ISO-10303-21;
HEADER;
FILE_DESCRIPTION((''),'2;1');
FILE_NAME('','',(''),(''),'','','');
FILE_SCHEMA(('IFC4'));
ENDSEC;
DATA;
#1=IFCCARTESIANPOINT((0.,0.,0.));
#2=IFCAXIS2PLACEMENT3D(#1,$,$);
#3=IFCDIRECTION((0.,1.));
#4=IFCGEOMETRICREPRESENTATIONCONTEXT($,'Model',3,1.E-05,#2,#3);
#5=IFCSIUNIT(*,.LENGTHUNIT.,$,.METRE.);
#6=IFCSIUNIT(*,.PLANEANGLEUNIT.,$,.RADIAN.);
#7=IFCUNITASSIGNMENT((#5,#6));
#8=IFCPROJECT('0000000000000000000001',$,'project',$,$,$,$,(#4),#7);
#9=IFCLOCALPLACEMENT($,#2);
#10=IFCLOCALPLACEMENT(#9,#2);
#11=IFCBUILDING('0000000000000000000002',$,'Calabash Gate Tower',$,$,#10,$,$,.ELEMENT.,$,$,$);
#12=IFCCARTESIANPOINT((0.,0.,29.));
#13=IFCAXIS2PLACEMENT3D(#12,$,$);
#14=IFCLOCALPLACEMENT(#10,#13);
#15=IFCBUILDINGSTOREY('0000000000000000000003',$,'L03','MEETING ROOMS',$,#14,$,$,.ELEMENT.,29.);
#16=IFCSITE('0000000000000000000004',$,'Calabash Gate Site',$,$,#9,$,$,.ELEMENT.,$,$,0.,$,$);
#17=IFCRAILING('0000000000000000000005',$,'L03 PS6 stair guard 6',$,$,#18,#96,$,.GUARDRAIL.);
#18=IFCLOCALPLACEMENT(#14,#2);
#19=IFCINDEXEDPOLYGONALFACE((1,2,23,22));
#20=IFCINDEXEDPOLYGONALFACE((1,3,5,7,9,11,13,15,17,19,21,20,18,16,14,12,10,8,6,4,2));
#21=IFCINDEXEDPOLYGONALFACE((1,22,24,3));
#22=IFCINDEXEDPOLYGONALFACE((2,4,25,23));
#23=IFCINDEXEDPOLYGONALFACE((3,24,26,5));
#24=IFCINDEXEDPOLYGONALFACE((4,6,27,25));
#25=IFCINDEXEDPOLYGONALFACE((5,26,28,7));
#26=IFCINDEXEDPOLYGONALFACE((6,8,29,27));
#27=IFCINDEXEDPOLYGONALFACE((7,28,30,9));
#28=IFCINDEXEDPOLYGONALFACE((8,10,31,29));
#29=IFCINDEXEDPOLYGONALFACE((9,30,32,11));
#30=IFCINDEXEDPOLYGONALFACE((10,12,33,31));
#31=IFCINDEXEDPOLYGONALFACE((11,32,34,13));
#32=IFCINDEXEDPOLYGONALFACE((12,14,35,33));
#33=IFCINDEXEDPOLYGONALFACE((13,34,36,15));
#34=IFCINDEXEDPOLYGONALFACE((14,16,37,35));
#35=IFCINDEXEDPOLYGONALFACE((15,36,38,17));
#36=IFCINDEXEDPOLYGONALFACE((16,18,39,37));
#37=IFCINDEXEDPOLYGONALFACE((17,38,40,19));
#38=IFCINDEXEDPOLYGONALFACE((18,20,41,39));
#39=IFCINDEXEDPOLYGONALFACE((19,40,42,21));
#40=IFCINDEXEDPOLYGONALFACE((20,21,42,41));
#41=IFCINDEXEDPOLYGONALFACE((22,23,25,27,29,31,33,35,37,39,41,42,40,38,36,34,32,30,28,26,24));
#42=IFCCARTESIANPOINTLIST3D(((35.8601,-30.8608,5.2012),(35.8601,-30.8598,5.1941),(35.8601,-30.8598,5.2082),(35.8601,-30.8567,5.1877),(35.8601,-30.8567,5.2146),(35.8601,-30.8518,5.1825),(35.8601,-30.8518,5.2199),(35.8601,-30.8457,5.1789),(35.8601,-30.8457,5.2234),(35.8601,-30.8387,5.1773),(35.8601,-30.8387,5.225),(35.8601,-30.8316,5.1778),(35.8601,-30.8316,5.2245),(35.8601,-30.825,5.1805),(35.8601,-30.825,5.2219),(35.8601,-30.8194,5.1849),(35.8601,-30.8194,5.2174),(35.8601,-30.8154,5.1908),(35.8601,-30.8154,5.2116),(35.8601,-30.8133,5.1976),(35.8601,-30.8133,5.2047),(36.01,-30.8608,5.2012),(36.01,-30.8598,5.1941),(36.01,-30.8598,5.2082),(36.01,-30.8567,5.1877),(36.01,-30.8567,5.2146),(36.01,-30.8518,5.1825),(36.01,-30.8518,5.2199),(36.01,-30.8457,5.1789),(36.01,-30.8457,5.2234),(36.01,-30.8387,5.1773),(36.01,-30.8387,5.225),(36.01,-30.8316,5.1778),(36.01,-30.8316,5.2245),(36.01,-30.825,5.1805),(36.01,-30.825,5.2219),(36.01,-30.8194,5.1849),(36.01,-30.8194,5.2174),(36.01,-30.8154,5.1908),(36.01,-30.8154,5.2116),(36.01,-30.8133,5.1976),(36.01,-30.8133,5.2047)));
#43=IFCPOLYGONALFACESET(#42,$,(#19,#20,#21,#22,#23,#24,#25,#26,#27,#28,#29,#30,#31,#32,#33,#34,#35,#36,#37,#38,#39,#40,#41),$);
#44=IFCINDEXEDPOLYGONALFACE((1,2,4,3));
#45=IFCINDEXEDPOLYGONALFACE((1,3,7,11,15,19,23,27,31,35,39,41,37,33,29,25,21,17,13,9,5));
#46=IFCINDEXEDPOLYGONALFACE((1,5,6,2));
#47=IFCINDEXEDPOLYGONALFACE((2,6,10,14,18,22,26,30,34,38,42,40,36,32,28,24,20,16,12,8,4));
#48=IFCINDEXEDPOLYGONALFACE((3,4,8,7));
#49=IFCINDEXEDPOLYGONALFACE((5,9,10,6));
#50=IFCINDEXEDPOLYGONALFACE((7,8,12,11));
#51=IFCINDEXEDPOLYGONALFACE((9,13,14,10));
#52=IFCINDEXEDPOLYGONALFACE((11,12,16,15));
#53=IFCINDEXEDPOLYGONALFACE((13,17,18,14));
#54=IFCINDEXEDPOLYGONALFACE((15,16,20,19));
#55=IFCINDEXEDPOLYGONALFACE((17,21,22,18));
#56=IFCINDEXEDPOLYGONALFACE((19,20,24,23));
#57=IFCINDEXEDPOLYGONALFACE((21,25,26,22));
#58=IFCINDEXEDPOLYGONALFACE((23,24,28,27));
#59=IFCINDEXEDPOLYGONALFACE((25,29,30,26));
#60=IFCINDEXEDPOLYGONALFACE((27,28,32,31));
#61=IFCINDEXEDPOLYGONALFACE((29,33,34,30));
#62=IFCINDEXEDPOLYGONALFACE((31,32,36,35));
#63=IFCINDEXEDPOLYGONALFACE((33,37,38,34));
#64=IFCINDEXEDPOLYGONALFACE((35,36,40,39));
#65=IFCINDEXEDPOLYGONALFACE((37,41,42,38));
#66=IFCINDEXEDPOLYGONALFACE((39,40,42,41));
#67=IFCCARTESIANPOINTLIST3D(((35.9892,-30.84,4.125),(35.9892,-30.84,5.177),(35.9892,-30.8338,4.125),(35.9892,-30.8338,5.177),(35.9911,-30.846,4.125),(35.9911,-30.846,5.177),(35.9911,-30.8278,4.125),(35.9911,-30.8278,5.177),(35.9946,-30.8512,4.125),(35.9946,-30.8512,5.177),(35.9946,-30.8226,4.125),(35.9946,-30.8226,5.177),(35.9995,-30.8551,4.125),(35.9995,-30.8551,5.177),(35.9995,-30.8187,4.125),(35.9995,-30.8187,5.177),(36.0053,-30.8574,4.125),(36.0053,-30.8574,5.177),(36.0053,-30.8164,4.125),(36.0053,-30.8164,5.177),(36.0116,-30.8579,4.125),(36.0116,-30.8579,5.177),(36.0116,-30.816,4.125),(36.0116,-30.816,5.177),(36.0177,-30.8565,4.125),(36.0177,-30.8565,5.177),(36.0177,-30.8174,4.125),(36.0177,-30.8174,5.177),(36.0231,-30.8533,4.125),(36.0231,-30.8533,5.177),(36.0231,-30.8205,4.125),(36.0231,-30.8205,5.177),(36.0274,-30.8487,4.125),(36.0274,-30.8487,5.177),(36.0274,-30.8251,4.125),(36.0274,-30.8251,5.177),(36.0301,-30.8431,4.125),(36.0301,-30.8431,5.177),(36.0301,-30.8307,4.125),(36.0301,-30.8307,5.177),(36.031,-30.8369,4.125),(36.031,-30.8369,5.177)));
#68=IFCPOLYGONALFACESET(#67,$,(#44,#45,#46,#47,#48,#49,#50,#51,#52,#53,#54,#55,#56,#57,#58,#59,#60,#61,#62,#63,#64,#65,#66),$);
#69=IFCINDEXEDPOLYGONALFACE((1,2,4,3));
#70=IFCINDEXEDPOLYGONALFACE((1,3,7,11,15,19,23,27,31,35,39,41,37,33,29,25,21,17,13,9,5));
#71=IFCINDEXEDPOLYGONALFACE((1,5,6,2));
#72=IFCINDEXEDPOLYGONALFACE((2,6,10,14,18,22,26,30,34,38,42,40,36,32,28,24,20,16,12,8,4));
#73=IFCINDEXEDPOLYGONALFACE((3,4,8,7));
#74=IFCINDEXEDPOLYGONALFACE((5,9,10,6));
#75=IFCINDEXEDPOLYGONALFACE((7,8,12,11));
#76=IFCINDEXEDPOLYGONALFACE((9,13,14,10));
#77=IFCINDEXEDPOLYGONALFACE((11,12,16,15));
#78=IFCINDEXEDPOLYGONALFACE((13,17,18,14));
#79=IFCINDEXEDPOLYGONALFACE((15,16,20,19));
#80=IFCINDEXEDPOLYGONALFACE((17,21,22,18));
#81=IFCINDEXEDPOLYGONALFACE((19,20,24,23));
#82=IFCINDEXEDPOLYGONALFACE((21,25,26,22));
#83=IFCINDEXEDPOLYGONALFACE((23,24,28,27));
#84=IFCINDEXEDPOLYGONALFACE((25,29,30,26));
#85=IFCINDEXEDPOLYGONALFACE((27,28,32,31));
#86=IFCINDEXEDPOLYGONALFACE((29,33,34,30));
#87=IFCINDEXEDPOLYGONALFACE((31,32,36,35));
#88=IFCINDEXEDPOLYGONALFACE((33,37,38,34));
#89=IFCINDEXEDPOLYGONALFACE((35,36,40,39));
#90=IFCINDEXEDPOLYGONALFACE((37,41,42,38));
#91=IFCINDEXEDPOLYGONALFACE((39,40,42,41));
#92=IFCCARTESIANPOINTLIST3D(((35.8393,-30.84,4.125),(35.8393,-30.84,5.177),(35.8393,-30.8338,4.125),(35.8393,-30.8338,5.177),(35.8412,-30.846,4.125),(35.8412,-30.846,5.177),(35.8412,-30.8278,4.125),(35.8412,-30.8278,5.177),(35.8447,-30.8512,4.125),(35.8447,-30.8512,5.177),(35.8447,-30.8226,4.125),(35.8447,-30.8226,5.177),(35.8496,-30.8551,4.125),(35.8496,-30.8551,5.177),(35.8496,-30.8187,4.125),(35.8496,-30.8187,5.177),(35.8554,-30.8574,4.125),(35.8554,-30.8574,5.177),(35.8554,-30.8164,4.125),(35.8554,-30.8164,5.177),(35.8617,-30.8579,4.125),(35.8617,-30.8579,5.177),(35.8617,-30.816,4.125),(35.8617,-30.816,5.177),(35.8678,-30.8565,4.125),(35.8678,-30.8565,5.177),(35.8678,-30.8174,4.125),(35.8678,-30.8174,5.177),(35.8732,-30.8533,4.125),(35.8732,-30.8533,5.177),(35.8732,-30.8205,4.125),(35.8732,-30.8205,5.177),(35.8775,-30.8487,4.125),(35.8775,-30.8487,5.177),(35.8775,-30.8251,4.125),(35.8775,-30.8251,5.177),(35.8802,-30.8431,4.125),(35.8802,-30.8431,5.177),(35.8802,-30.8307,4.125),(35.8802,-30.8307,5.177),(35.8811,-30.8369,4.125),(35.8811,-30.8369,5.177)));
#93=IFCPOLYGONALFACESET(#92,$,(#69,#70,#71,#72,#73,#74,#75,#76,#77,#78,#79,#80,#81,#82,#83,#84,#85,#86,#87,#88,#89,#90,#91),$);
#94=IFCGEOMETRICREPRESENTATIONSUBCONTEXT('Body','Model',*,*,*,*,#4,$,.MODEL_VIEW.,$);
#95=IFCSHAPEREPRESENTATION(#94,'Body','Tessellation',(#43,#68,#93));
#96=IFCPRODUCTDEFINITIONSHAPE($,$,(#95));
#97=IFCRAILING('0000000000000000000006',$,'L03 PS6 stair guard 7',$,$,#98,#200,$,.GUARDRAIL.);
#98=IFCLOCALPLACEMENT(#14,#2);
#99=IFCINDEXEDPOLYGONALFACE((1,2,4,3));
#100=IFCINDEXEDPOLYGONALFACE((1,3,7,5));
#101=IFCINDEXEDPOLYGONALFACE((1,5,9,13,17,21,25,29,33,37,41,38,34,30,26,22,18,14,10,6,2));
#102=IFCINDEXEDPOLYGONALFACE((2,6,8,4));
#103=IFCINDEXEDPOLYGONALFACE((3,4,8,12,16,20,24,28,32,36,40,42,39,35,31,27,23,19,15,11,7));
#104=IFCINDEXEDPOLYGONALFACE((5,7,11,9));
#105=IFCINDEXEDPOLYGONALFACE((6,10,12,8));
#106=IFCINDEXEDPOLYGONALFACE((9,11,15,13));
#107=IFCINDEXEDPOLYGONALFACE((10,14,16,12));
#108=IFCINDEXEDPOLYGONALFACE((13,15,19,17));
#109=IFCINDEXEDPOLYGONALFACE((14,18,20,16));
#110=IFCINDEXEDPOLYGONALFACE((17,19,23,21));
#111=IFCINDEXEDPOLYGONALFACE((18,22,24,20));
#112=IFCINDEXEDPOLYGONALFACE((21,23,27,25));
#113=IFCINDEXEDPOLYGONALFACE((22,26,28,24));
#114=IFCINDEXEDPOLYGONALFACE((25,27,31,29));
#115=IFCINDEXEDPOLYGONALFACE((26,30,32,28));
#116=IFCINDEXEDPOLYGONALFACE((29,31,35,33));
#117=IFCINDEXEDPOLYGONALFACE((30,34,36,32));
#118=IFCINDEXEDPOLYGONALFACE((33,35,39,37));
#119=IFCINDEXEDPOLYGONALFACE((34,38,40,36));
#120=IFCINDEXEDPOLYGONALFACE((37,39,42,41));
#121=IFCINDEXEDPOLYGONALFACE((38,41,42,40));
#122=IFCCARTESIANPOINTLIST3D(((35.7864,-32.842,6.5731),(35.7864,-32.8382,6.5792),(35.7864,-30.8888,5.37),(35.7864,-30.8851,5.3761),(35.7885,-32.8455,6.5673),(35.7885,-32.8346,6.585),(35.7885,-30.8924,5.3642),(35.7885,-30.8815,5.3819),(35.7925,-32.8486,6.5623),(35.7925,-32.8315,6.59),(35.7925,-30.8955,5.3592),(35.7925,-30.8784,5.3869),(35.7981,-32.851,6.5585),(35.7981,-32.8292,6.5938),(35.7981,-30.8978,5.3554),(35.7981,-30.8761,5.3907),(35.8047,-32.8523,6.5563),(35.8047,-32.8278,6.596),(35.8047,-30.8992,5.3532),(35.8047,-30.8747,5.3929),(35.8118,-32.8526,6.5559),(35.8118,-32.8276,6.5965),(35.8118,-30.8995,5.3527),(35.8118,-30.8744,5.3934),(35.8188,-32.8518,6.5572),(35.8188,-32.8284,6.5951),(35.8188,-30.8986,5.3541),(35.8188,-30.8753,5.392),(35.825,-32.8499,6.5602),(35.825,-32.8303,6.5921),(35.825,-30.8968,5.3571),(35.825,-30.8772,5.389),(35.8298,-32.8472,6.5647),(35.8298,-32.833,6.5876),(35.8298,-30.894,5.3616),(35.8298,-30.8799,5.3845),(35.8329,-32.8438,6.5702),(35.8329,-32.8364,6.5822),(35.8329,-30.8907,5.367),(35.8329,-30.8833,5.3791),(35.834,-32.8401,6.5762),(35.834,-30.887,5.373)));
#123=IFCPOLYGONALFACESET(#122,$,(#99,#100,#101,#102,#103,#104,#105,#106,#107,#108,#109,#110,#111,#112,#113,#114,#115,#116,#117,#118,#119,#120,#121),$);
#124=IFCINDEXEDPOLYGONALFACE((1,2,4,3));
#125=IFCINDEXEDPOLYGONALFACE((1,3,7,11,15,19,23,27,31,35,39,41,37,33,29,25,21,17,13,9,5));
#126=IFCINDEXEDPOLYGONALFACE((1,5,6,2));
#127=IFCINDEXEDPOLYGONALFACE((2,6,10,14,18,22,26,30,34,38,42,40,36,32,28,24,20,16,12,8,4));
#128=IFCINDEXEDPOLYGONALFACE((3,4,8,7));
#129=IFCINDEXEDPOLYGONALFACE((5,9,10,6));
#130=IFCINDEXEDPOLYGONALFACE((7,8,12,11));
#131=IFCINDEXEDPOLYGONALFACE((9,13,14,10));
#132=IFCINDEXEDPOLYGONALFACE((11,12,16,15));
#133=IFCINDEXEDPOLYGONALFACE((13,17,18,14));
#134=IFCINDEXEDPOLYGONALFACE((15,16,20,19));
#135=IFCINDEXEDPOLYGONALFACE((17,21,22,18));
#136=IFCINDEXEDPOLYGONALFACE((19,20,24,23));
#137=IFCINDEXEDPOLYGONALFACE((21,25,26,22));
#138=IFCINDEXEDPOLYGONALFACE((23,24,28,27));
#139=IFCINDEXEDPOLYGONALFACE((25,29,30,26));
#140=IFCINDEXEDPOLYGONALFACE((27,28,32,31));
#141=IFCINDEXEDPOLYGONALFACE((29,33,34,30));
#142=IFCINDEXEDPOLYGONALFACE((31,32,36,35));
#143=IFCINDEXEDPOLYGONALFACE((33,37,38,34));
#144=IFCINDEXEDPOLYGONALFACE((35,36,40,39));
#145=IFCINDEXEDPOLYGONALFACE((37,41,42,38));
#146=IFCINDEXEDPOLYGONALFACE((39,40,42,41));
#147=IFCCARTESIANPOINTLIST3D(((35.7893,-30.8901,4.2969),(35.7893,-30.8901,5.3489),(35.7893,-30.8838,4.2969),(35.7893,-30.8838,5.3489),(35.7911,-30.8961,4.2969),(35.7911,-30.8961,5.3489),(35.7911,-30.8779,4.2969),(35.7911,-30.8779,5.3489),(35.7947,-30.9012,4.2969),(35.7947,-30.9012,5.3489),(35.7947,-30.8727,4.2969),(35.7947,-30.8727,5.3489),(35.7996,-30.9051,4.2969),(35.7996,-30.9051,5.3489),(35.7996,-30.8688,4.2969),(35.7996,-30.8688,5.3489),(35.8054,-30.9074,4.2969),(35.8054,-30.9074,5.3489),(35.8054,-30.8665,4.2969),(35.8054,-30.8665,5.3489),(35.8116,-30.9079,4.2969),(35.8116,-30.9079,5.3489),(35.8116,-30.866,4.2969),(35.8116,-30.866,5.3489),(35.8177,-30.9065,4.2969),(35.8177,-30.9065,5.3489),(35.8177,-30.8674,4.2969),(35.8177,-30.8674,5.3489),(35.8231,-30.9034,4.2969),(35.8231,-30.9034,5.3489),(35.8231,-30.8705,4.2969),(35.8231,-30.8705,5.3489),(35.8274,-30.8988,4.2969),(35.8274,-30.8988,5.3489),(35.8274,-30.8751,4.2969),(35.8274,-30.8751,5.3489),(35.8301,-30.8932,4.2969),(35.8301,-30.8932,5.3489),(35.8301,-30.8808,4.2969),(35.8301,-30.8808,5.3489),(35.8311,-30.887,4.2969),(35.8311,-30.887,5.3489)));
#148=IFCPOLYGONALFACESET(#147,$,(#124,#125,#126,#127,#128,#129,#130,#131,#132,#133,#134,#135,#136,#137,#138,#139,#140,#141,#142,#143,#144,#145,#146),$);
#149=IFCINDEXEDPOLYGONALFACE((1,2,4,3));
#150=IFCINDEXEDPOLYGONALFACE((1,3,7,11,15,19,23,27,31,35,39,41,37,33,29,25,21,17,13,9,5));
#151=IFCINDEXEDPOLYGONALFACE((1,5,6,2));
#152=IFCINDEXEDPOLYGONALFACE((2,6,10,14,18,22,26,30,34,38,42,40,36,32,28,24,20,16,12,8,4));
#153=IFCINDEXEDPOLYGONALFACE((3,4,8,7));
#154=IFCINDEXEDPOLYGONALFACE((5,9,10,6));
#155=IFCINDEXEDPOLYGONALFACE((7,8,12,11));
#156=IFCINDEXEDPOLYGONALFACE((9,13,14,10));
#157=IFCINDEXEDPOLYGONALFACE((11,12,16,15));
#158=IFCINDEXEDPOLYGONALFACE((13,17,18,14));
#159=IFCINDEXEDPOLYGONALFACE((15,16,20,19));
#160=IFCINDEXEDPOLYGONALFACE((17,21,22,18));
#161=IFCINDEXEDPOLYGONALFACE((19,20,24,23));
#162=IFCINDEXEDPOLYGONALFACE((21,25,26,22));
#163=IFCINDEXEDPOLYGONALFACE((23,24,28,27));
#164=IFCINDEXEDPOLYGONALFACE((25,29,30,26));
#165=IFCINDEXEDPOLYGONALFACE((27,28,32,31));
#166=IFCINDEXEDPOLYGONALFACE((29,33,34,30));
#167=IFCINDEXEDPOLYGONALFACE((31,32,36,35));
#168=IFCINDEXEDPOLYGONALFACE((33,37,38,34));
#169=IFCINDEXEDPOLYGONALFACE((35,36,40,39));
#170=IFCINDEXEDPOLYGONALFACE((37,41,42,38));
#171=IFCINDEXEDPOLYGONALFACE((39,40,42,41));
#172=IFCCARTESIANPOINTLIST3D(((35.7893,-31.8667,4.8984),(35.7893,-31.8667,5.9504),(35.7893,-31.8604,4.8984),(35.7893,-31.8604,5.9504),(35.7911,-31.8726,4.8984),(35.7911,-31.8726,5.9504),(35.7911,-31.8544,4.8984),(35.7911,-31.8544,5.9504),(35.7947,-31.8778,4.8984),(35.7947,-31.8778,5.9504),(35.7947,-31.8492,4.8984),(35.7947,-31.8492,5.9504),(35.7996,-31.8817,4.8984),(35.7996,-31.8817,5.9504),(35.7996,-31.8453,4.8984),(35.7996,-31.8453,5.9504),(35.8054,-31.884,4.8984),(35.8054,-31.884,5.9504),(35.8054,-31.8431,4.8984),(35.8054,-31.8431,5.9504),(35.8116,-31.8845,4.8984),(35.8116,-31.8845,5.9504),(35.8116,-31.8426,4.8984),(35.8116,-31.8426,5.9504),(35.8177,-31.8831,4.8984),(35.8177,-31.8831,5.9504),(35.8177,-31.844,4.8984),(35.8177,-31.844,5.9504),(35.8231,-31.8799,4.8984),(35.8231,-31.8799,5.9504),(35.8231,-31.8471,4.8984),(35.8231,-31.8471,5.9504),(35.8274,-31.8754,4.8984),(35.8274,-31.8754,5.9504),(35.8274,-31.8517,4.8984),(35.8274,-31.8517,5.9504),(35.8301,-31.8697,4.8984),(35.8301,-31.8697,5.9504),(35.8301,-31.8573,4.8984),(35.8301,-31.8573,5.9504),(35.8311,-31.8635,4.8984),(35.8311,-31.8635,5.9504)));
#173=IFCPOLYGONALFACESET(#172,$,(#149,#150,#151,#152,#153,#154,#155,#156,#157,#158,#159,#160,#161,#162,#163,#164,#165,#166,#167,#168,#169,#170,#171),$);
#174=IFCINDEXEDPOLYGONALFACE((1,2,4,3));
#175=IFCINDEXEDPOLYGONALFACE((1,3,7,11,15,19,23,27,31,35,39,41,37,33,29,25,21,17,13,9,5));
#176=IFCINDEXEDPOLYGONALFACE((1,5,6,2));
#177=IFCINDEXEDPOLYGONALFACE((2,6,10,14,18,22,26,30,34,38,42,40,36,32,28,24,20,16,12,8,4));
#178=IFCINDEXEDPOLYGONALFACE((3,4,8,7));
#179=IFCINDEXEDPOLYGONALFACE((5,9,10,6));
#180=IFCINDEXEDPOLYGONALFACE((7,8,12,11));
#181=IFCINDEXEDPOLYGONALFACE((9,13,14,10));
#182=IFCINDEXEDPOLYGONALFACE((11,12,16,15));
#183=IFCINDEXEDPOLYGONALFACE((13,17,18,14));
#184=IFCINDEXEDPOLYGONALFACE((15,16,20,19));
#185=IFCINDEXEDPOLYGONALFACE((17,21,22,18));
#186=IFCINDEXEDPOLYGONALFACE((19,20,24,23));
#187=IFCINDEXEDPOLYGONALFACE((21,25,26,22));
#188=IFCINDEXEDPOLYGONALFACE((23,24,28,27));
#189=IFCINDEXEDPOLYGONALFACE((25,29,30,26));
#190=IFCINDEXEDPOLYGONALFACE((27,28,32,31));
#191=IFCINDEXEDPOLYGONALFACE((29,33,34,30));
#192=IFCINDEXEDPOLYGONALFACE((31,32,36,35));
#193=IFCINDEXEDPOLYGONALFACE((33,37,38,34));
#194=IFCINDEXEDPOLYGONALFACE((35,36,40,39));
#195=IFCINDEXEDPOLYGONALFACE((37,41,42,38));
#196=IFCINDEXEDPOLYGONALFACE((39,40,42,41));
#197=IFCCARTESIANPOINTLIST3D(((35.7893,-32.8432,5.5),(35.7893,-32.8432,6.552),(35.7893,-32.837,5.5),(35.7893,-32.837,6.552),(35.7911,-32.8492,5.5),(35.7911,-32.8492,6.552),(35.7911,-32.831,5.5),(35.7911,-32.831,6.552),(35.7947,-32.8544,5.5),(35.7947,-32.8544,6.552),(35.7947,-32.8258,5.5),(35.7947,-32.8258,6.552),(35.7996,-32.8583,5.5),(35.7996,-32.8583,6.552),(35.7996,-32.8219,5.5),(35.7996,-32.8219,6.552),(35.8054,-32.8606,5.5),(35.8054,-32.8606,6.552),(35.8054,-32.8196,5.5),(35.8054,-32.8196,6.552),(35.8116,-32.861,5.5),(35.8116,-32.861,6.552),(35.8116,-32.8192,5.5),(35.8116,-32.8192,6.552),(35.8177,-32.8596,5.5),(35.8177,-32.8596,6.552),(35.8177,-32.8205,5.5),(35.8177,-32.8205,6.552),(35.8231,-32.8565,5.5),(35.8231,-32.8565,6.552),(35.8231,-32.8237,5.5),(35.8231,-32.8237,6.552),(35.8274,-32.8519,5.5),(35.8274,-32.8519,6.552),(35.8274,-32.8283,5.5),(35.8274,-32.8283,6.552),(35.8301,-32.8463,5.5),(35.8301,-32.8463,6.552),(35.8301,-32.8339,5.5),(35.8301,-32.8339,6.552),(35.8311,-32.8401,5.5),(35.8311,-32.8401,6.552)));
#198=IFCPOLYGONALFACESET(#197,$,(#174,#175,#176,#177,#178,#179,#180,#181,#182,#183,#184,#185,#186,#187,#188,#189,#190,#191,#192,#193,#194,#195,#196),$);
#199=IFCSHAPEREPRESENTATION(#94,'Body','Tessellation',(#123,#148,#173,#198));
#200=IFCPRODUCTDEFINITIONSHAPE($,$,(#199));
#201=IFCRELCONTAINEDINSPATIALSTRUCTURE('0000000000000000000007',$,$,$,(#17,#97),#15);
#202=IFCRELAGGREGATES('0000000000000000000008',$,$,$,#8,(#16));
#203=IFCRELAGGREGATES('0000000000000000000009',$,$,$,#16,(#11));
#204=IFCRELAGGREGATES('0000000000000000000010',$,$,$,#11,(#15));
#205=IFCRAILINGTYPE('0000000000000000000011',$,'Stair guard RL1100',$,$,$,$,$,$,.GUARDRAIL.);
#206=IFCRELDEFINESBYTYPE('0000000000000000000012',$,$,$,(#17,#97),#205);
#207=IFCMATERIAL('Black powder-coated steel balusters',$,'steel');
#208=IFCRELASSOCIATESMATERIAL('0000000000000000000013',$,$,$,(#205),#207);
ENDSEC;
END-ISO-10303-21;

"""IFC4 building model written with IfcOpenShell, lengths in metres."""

from ifc_helpers import new_model, si_unit, direction, frame, origin, origin_2d, place, context, subcontext, project, spatial, circle, extrude, material, type_object, element, save


model = new_model("IFC4")

# Units and contexts
model_context = context("Model", 3, precision=1e-05, world=origin(), true_north=direction((0.0, 1.0)))
body_context = subcontext(model_context, "Body", "Model", "MODEL_VIEW")
ifc_project = project(units=[si_unit("LENGTHUNIT", "METRE"), si_unit("PLANEANGLEUNIT", "RADIAN")], contexts=[model_context])

# Site, building, storey
site_placement = place(None, origin())
site = spatial("IfcSite", under=ifc_project, at=site_placement, Name="Calabash Gate Site", CompositionType="ELEMENT", RefElevation=0.0)
building_placement = place(site_placement, origin())
building = spatial("IfcBuilding", under=site, at=building_placement, Name="Calabash Gate Tower", CompositionType="ELEMENT")
storey_placement = place(building_placement, frame((0.0, 0.0, 29.0)))
storey = spatial("IfcBuildingStorey", under=building, at=storey_placement, Name="L03", Description="MEETING ROOMS", CompositionType="ELEMENT", Elevation=29.0)

# Railings
ifc_material_1 = material(Name="Black powder-coated steel balusters", Category="steel")
railing_type_1 = type_object("IfcRailingType", Name="Stair guard RL1100", PredefinedType="GUARDRAIL", material=ifc_material_1)
railing_1_placement = place(storey_placement, frame((36.01, -30.8369, 4.125)))
element("IfcRailing", 1, at=railing_1_placement, inside=storey, type_object=railing_type_1, Name="L03 PS6 stair guard 6", PredefinedType="GUARDRAIL", context=body_context, shape_type="SweptSolid", body=[
    extrude(circle(Radius=0.0239, at=origin_2d()), frame((0.0, 0.0, 1.0762), z_axis=(-1.0, 0.0, 0.0), x_axis=(0.0, -1.0, 0.0)), (0.0, 0.0, 1.0), 0.1499),
    extrude(circle(Radius=0.021, at=origin_2d()), origin(), (0.0, 0.0, 1.0), 1.052),
    extrude(circle(Radius=0.021, at=origin_2d()), frame((-0.1499, 0.0, 0.0)), (0.0, 0.0, 1.0), 1.052),
])
railing_2_placement = place(storey_placement, frame((35.8101, -30.887, 4.2969)))
element("IfcRailing", 2, at=railing_2_placement, inside=storey, type_object=railing_type_1, Name="L03 PS6 stair guard 7", PredefinedType="GUARDRAIL", context=body_context, shape_type="SweptSolid", body=[
    extrude(circle(Radius=0.0239, at=origin_2d()), frame((0.0, 0.0, 1.0762), z_axis=(0.0, -0.851424, 0.524477), x_axis=(1.0, 0.0, 0.0)), (0.0, 0.0, 1.0), 2.2939),
    extrude(circle(Radius=0.021, at=origin_2d()), origin(), (0.0, 0.0, 1.0), 1.052),
    extrude(circle(Radius=0.021, at=origin_2d()), frame((0.0, -0.9766, 0.6016)), (0.0, 0.0, 1.0), 1.052),
    extrude(circle(Radius=0.021, at=origin_2d()), frame((0.0, -1.9531, 1.2031)), (0.0, 0.0, 1.0), 1.052),
])

save(model, "model.ifc")
